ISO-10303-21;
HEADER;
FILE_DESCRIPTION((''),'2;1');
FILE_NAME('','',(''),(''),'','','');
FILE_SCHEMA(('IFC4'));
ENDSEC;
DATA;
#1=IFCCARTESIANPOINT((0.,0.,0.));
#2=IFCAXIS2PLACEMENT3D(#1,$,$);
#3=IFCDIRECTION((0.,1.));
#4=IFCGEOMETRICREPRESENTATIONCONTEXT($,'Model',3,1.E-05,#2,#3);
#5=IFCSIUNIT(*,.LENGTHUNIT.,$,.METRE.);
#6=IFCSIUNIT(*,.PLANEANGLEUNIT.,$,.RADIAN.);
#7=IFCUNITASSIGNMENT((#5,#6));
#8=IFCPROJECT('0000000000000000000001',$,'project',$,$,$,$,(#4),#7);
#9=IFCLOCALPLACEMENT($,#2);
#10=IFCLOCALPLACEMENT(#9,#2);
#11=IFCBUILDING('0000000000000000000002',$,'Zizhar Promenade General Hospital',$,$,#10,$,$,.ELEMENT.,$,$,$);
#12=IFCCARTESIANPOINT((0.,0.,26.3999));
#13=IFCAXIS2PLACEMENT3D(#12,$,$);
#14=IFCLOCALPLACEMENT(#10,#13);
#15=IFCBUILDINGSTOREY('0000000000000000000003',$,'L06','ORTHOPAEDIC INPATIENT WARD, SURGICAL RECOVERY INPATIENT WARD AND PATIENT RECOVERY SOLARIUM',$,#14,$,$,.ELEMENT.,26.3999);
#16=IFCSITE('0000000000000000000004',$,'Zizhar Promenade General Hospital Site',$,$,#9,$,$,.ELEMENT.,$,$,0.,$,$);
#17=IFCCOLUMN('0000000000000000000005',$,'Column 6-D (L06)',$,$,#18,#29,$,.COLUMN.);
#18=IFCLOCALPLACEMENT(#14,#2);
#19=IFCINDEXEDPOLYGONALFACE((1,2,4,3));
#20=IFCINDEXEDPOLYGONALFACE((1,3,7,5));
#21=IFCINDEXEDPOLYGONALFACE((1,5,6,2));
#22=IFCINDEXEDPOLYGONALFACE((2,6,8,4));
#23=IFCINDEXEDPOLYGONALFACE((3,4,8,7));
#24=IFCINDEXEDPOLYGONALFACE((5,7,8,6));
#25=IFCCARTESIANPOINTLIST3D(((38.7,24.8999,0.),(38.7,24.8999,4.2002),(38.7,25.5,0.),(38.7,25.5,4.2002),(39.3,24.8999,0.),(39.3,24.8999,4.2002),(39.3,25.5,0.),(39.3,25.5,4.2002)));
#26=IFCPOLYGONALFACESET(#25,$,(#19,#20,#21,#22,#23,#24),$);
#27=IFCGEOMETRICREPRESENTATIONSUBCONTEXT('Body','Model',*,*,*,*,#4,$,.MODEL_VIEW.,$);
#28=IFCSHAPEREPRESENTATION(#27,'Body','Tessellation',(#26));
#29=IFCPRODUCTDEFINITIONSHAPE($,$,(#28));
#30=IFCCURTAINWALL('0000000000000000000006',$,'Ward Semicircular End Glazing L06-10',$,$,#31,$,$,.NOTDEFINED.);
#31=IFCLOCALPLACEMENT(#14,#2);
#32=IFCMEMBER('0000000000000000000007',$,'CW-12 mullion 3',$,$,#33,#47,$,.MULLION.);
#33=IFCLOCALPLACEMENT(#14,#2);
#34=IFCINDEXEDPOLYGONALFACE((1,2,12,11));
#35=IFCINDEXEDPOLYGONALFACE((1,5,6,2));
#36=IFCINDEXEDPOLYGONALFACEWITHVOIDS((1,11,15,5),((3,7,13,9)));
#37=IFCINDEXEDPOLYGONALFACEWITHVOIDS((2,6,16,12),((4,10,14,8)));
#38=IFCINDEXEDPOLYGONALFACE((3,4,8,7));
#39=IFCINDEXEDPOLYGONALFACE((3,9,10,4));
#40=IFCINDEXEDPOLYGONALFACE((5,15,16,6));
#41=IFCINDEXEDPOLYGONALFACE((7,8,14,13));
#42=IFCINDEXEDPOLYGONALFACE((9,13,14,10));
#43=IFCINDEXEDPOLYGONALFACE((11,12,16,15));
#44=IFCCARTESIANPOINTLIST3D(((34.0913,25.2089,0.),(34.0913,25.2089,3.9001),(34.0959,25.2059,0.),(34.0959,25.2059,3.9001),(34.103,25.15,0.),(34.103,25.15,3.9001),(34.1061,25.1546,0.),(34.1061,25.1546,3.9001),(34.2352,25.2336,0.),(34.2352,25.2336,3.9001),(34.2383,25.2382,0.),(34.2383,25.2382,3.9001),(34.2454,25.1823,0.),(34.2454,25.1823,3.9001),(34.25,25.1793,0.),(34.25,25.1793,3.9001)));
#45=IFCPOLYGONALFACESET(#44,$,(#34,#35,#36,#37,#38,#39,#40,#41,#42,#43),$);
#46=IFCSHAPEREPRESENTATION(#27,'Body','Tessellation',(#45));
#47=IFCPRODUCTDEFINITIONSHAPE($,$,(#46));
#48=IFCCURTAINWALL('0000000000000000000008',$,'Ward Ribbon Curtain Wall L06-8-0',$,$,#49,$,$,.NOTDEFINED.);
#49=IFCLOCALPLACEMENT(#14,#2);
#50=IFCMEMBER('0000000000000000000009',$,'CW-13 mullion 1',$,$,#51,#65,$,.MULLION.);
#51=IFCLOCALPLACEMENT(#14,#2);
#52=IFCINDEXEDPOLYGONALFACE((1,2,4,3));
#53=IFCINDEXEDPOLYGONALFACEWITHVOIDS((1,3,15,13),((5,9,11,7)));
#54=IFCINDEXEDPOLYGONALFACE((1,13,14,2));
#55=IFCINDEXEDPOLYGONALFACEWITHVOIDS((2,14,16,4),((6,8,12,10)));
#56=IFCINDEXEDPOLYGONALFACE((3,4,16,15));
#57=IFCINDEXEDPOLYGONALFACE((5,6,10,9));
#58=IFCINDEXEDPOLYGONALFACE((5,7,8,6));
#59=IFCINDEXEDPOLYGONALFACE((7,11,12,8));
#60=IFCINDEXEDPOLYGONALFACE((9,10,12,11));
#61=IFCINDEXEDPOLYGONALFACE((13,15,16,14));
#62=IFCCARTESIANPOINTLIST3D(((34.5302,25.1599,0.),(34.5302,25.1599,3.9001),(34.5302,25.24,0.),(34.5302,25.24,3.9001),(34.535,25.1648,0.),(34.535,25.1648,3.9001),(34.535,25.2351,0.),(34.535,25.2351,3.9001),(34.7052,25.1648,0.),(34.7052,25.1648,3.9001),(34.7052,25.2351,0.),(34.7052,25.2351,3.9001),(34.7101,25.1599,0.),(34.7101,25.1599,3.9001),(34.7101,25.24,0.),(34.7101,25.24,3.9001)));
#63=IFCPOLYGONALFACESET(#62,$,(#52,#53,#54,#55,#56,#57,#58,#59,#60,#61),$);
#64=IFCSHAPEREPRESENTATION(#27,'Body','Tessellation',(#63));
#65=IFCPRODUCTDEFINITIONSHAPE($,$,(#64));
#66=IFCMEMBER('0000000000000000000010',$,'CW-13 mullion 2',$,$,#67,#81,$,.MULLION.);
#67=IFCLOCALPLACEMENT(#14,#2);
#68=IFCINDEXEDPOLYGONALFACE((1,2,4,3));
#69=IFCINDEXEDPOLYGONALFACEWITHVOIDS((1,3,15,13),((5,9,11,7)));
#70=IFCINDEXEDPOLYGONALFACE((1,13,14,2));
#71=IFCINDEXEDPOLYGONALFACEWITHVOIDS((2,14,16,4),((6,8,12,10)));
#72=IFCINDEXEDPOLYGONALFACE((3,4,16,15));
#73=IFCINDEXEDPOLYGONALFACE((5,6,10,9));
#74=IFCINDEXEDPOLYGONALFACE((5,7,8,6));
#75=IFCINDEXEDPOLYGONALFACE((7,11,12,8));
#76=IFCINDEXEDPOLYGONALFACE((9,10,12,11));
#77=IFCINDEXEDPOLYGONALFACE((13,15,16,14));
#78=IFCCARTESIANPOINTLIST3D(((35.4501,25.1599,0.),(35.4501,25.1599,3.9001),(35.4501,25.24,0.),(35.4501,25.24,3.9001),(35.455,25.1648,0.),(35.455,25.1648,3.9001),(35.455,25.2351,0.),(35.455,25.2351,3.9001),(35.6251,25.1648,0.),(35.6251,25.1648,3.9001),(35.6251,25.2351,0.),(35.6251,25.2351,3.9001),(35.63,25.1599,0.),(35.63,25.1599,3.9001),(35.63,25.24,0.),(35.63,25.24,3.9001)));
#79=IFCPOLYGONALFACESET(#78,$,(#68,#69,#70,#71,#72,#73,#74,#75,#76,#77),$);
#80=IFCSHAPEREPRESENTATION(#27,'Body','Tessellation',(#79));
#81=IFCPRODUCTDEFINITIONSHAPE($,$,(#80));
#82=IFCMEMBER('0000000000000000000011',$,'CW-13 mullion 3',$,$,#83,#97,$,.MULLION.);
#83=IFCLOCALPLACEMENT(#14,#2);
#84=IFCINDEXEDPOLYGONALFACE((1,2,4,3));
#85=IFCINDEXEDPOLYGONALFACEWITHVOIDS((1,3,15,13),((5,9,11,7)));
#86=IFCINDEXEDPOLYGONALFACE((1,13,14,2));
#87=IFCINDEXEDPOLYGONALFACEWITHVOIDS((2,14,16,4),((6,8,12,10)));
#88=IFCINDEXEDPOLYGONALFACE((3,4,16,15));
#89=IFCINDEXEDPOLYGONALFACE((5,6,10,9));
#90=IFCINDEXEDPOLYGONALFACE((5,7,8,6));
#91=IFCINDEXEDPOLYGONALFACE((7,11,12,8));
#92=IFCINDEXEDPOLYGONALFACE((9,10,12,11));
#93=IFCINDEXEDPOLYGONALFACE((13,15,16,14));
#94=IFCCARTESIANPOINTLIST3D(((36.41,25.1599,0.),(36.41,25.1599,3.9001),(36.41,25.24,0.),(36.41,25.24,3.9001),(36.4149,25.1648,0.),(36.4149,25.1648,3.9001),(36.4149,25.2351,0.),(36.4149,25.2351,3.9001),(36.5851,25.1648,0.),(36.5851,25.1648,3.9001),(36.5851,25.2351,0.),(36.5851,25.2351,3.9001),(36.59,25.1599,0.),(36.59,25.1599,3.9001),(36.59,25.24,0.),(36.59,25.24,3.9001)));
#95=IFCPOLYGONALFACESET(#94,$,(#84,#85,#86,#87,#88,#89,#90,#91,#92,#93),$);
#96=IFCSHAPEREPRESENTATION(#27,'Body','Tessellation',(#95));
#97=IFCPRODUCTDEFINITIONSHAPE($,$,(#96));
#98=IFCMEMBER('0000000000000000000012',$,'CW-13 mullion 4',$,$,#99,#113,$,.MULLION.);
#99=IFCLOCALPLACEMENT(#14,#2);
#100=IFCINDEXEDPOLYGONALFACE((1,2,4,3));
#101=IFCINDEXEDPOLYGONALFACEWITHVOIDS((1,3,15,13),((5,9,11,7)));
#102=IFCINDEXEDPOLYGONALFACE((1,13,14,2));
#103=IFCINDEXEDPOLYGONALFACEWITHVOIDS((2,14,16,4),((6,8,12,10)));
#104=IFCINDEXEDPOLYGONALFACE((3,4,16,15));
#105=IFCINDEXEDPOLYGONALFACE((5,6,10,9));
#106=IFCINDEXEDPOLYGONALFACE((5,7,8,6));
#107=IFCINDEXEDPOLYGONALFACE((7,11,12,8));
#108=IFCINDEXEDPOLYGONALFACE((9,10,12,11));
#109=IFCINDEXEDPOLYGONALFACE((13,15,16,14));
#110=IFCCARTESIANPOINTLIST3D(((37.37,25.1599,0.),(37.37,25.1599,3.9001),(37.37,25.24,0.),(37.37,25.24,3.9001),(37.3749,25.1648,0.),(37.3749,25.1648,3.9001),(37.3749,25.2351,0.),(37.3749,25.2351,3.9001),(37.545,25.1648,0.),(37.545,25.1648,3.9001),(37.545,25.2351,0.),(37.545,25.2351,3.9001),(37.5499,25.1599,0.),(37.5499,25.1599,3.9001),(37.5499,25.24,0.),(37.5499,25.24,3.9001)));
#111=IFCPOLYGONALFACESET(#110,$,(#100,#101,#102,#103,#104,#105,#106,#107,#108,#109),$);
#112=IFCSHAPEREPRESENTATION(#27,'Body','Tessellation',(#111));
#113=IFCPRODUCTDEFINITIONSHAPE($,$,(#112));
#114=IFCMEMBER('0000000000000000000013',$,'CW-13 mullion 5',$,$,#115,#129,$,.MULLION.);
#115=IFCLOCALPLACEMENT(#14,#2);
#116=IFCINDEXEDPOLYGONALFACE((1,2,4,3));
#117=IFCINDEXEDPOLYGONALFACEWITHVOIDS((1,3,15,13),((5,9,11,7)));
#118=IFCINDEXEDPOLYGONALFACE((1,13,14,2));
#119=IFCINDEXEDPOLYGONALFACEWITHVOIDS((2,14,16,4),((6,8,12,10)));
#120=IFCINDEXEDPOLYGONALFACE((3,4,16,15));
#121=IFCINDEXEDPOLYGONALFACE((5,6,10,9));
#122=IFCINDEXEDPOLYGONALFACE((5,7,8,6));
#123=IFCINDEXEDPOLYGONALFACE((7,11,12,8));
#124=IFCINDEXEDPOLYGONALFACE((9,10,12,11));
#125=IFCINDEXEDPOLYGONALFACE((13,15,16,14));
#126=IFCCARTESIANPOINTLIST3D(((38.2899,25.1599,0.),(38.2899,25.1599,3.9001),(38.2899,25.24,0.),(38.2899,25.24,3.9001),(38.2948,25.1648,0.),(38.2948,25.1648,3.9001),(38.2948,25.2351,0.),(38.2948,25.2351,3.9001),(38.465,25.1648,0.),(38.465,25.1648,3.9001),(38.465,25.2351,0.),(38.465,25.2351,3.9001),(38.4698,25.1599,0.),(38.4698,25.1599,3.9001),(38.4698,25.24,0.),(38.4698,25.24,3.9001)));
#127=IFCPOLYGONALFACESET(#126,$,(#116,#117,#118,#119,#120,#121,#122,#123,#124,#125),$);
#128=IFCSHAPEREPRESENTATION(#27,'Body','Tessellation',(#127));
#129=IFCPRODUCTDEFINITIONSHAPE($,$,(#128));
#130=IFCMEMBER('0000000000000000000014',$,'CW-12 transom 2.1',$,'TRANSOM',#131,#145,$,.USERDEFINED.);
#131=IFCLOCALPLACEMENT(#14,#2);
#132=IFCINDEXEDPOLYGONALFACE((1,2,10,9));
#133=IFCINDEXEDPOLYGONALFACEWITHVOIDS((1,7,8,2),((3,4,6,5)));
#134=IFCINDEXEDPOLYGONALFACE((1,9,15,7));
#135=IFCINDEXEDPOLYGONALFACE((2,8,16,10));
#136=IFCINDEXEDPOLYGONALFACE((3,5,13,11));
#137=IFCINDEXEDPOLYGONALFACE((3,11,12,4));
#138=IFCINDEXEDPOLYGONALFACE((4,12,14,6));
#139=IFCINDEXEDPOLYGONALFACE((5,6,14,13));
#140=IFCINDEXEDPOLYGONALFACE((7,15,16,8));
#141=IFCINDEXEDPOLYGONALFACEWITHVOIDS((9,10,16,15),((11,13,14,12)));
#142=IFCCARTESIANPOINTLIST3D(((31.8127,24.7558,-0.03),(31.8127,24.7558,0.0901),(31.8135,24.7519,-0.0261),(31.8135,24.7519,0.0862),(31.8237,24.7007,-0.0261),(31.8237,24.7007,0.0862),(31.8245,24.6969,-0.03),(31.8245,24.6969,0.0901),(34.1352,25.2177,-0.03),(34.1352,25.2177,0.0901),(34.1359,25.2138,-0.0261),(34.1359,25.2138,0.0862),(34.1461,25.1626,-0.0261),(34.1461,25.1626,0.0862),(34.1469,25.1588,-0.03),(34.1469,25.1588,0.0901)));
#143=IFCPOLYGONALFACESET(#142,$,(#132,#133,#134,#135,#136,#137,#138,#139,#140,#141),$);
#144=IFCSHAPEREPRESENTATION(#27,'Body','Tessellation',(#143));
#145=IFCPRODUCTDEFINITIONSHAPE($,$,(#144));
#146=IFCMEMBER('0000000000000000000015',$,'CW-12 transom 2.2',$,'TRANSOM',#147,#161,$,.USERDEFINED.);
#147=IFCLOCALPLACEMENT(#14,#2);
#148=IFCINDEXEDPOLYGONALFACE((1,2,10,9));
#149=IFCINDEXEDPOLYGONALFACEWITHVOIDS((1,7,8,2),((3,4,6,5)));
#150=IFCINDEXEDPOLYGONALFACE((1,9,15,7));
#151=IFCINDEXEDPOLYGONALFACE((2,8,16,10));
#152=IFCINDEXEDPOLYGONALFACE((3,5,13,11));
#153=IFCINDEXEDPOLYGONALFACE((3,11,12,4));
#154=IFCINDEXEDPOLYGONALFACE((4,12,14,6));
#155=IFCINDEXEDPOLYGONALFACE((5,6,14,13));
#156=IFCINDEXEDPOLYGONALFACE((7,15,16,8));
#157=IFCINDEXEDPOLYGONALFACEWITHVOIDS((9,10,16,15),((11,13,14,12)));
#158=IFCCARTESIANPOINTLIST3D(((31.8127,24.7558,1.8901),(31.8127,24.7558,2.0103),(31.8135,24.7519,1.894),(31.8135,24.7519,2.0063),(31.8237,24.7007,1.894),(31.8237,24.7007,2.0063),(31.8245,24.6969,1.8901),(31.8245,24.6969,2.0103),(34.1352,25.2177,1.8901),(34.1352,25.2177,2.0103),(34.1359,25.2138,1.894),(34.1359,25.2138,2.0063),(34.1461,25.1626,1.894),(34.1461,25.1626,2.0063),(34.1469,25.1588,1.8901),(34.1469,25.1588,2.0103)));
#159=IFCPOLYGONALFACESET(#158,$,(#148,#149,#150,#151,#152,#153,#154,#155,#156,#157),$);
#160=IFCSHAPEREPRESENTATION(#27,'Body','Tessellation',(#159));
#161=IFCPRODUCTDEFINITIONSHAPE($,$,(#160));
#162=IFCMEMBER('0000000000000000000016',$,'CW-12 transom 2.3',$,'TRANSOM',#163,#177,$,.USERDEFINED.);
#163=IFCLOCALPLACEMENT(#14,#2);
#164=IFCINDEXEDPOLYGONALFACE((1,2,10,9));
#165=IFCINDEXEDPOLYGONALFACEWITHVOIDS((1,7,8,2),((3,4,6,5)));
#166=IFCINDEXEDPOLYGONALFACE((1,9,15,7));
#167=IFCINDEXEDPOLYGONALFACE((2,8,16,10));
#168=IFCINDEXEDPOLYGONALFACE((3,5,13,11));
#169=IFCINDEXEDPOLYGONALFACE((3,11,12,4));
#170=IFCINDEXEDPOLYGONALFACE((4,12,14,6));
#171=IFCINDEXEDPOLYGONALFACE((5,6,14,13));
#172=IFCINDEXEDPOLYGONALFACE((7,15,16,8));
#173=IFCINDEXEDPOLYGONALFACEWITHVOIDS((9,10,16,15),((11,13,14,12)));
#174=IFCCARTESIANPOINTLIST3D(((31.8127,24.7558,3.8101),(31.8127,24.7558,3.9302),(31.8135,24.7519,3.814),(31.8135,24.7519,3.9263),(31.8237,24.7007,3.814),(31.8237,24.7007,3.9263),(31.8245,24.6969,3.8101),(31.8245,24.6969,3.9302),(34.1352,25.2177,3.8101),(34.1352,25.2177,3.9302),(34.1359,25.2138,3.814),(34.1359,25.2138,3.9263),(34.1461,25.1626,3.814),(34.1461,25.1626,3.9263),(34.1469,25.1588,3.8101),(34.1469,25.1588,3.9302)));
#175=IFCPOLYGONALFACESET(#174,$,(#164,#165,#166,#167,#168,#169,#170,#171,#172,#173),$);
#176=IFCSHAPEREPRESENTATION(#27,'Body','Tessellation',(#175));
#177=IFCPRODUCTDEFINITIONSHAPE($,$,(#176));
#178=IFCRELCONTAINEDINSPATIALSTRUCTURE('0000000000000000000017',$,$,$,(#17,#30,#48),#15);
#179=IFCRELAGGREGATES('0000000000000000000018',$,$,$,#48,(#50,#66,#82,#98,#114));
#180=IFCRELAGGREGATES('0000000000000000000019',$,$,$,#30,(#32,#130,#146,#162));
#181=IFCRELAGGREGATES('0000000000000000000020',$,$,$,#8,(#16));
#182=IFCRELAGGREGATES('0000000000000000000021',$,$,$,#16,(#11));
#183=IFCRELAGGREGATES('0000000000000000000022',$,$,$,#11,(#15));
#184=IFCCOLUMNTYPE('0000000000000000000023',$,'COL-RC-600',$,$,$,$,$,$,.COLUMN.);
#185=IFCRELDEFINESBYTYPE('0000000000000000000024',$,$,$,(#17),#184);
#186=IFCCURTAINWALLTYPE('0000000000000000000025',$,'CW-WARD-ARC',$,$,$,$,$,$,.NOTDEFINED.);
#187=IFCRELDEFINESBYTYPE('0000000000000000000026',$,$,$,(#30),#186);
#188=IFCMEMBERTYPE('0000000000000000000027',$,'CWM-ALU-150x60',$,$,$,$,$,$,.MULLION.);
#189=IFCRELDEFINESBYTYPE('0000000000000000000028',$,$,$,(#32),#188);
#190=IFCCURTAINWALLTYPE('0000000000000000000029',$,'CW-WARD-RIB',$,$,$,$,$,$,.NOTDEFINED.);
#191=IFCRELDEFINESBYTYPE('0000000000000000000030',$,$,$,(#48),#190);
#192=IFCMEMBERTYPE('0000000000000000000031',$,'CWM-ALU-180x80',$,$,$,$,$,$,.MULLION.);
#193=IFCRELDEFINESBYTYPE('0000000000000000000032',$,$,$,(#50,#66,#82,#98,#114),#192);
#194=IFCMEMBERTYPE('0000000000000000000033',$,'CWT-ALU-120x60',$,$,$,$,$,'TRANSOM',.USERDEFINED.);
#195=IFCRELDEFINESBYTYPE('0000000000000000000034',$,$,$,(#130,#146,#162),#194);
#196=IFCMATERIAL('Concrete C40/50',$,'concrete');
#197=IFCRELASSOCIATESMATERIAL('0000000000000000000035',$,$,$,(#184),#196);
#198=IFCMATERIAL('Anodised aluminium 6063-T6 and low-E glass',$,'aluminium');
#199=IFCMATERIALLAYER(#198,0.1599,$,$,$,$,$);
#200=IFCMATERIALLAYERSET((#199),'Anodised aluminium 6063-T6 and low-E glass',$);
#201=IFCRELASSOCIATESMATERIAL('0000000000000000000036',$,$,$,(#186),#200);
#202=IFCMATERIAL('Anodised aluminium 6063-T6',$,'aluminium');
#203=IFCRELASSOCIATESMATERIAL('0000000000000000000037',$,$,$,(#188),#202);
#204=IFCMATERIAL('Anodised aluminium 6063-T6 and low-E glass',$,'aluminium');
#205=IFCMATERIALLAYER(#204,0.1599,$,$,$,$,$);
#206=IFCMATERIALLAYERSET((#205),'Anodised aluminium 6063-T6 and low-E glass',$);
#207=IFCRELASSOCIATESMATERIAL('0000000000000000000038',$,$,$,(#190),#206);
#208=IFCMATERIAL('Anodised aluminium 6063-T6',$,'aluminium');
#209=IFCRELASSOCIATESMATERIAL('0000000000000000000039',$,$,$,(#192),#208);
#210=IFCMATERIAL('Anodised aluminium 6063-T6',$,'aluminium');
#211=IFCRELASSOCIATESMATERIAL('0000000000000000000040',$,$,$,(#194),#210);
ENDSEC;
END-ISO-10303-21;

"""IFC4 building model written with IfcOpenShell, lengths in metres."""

from ifc_helpers import new_model, si_unit, direction, frame, origin, origin_2d, place, context, subcontext, project, spatial, rectangle, hollow_rectangle, extrude, material, layer, layer_set, material_profile, profile_set, type_object, element, aggregate, save


model = new_model("IFC4")

# Units and contexts
model_context = context("Model", 3, precision=1e-05, world=origin(), true_north=direction((0.0, 1.0)))
body_context = subcontext(model_context, "Body", "Model", "MODEL_VIEW")
ifc_project = project(units=[si_unit("LENGTHUNIT", "METRE"), si_unit("PLANEANGLEUNIT", "RADIAN")], contexts=[model_context])

# Site, building, storey
site_placement = place(None, origin())
site = spatial("IfcSite", under=ifc_project, at=site_placement, Name="Zizhar Promenade General Hospital Site", CompositionType="ELEMENT", RefElevation=0.0)
building_placement = place(site_placement, origin())
building = spatial("IfcBuilding", under=site, at=building_placement, Name="Zizhar Promenade General Hospital", CompositionType="ELEMENT")
storey_placement = place(building_placement, frame((0.0, 0.0, 26.3999)))
storey = spatial("IfcBuildingStorey", under=building, at=storey_placement, Name="L06", Description="ORTHOPAEDIC INPATIENT WARD, SURGICAL RECOVERY INPATIENT WARD AND PATIENT RECOVERY SOLARIUM", CompositionType="ELEMENT", Elevation=26.3999)

# Column
ifc_material_1 = material(Name="Concrete C40/50", Category="concrete")
ifc_material_profile_1 = material_profile(ifc_material_1, rectangle(XDim=0.6001, YDim=0.6001, at=origin_2d()))
ifc_profile_set_1 = profile_set([ifc_material_profile_1], Name="Concrete C40/50")
column_type = type_object("IfcColumnType", Name="COL-RC-600", PredefinedType="COLUMN", material=ifc_profile_set_1)
column_placement = place(storey_placement, frame((39.0, 25.2, 0.0), z_axis=(0.0, 0.0, 1.0), x_axis=(1.0, 0.0, 0.0)))
element("IfcColumn", 1, at=column_placement, inside=storey, type_object=column_type, Name="Column 6-D (L06)", PredefinedType="COLUMN", context=body_context, shape_type="SweptSolid", body=[
    extrude(rectangle(XDim=0.6001, YDim=0.6001, at=origin_2d()), origin(), (0.0, 0.0, 1.0), 4.2002),
])

# Curtain wall, member
ifc_material_2 = material(Name="Anodised aluminium 6063-T6 and low-E glass", Category="aluminium")
ifc_layer_1 = layer(ifc_material_2, 0.1599)
ifc_layer_set_1 = layer_set([ifc_layer_1], Name="Anodised aluminium 6063-T6 and low-E glass")
curtain_wall_type_1 = type_object("IfcCurtainWallType", Name="CW-WARD-ARC", PredefinedType="NOTDEFINED", material=ifc_layer_set_1)
curtain_wall_1_placement = place(storey_placement, origin())
curtain_wall_1 = element("IfcCurtainWall", 2, at=curtain_wall_1_placement, inside=storey, type_object=curtain_wall_type_1, Name="Ward Semicircular End Glazing L06-10", PredefinedType="NOTDEFINED")
ifc_material_3 = material(Name="Anodised aluminium 6063-T6", Category="aluminium")
ifc_material_profile_2 = material_profile(ifc_material_3, hollow_rectangle(XDim=0.0601, YDim=0.1499, WallThickness=0.0039, at=origin_2d()))
ifc_profile_set_2 = profile_set([ifc_material_profile_2], Name="Anodised aluminium 6063-T6")
member_type_1 = type_object("IfcMemberType", Name="CWM-ALU-150x60", PredefinedType="MULLION", material=ifc_profile_set_2)
member_1_placement = place(storey_placement, frame((34.1707, 25.1941, 0.0), z_axis=(0.0, 0.0, 1.0), x_axis=(-0.195087, 0.980786, 0.0)))
member_1 = element("IfcMember", 3, at=member_1_placement, type_object=member_type_1, Name="CW-12 mullion 3", PredefinedType="MULLION", context=body_context, shape_type="SweptSolid", body=[
    extrude(hollow_rectangle(XDim=0.0601, YDim=0.1499, WallThickness=0.0039, at=origin_2d()), origin(), (0.0, 0.0, 1.0), 3.9001),
])

# Curtain wall, members
ifc_material_4 = material(Name="Anodised aluminium 6063-T6 and low-E glass", Category="aluminium")
ifc_layer_2 = layer(ifc_material_4, 0.1599)
ifc_layer_set_2 = layer_set([ifc_layer_2], Name="Anodised aluminium 6063-T6 and low-E glass")
curtain_wall_type_2 = type_object("IfcCurtainWallType", Name="CW-WARD-RIB", PredefinedType="NOTDEFINED", material=ifc_layer_set_2)
curtain_wall_2_placement = place(storey_placement, origin())
curtain_wall_2 = element("IfcCurtainWall", 4, at=curtain_wall_2_placement, inside=storey, type_object=curtain_wall_type_2, Name="Ward Ribbon Curtain Wall L06-8-0", PredefinedType="NOTDEFINED")
ifc_material_5 = material(Name="Anodised aluminium 6063-T6", Category="aluminium")
ifc_material_profile_3 = material_profile(ifc_material_5, hollow_rectangle(XDim=0.0801, YDim=0.1799, WallThickness=0.0049, at=origin_2d()))
ifc_profile_set_3 = profile_set([ifc_material_profile_3], Name="Anodised aluminium 6063-T6")
member_type_2 = type_object("IfcMemberType", Name="CWM-ALU-180x80", PredefinedType="MULLION", material=ifc_profile_set_3)
member_2_placement = place(storey_placement, frame((34.6201, 25.2, 0.0), z_axis=(0.0, 0.0, 1.0), x_axis=(0.0, 1.0, 0.0)))
member_2 = element("IfcMember", 5, at=member_2_placement, type_object=member_type_2, Name="CW-13 mullion 1", PredefinedType="MULLION", context=body_context, shape_type="SweptSolid", body=[
    extrude(hollow_rectangle(XDim=0.0801, YDim=0.1799, WallThickness=0.0049, at=origin_2d()), origin(), (0.0, 0.0, 1.0), 3.9001),
])
member_3_placement = place(storey_placement, frame((35.54, 25.2, 0.0), z_axis=(0.0, 0.0, 1.0), x_axis=(0.0, 1.0, 0.0)))
member_3 = element("IfcMember", 6, at=member_3_placement, type_object=member_type_2, Name="CW-13 mullion 2", PredefinedType="MULLION", context=body_context, shape_type="SweptSolid", body=[
    extrude(hollow_rectangle(XDim=0.0801, YDim=0.1799, WallThickness=0.0049, at=origin_2d()), origin(), (0.0, 0.0, 1.0), 3.9001),
])
member_4_placement = place(storey_placement, frame((36.5, 25.2, 0.0), z_axis=(0.0, 0.0, 1.0), x_axis=(0.0, 1.0, 0.0)))
member_4 = element("IfcMember", 7, at=member_4_placement, type_object=member_type_2, Name="CW-13 mullion 3", PredefinedType="MULLION", context=body_context, shape_type="SweptSolid", body=[
    extrude(hollow_rectangle(XDim=0.0801, YDim=0.1799, WallThickness=0.0049, at=origin_2d()), origin(), (0.0, 0.0, 1.0), 3.9001),
])
member_5_placement = place(storey_placement, frame((37.46, 25.2, 0.0), z_axis=(0.0, 0.0, 1.0), x_axis=(0.0, 1.0, 0.0)))
member_5 = element("IfcMember", 8, at=member_5_placement, type_object=member_type_2, Name="CW-13 mullion 4", PredefinedType="MULLION", context=body_context, shape_type="SweptSolid", body=[
    extrude(hollow_rectangle(XDim=0.0801, YDim=0.1799, WallThickness=0.0049, at=origin_2d()), origin(), (0.0, 0.0, 1.0), 3.9001),
])
member_6_placement = place(storey_placement, frame((38.3799, 25.2, 0.0), z_axis=(0.0, 0.0, 1.0), x_axis=(0.0, 1.0, 0.0)))
member_6 = element("IfcMember", 9, at=member_6_placement, type_object=member_type_2, Name="CW-13 mullion 5", PredefinedType="MULLION", context=body_context, shape_type="SweptSolid", body=[
    extrude(hollow_rectangle(XDim=0.0801, YDim=0.1799, WallThickness=0.0049, at=origin_2d()), origin(), (0.0, 0.0, 1.0), 3.9001),
])

# Members
ifc_material_6 = material(Name="Anodised aluminium 6063-T6", Category="aluminium")
ifc_material_profile_4 = material_profile(ifc_material_6, hollow_rectangle(XDim=0.0601, YDim=0.1201, WallThickness=0.0039, at=origin_2d()))
ifc_profile_set_4 = profile_set([ifc_material_profile_4], Name="Anodised aluminium 6063-T6")
member_type_3 = type_object("IfcMemberType", Name="CWT-ALU-120x60", ElementType="TRANSOM", PredefinedType="USERDEFINED", material=ifc_profile_set_4)
member_7_placement = place(storey_placement, frame((31.8186, 24.7263, 0.03), z_axis=(0.98079, 0.195065, 0.0), x_axis=(-0.195065, 0.98079, 0.0)))
member_7 = element("IfcMember", 10, at=member_7_placement, type_object=member_type_3, Name="CW-12 transom 2.1", ObjectType="TRANSOM", PredefinedType="USERDEFINED", context=body_context, shape_type="SweptSolid", body=[
    extrude(hollow_rectangle(XDim=0.0601, YDim=0.1201, WallThickness=0.0039, at=origin_2d()), origin(), (0.0, 0.0, 1.0), 2.3679),
])
member_8_placement = place(storey_placement, frame((31.8186, 24.7263, 1.9502), z_axis=(0.98079, 0.195065, 0.0), x_axis=(-0.195065, 0.98079, 0.0)))
member_8 = element("IfcMember", 11, at=member_8_placement, type_object=member_type_3, Name="CW-12 transom 2.2", ObjectType="TRANSOM", PredefinedType="USERDEFINED", context=body_context, shape_type="SweptSolid", body=[
    extrude(hollow_rectangle(XDim=0.0601, YDim=0.1201, WallThickness=0.0039, at=origin_2d()), origin(), (0.0, 0.0, 1.0), 2.3679),
])
member_9_placement = place(storey_placement, frame((31.8186, 24.7263, 3.8701), z_axis=(0.98079, 0.195065, 0.0), x_axis=(-0.195065, 0.98079, 0.0)))
member_9 = element("IfcMember", 12, at=member_9_placement, type_object=member_type_3, Name="CW-12 transom 2.3", ObjectType="TRANSOM", PredefinedType="USERDEFINED", context=body_context, shape_type="SweptSolid", body=[
    extrude(hollow_rectangle(XDim=0.0601, YDim=0.1201, WallThickness=0.0039, at=origin_2d()), origin(), (0.0, 0.0, 1.0), 2.3679),
])

aggregate(curtain_wall_2, [member_2, member_3, member_4, member_5, member_6])
aggregate(curtain_wall_1, [member_1, member_7, member_8, member_9])

save(model, "model.ifc")
